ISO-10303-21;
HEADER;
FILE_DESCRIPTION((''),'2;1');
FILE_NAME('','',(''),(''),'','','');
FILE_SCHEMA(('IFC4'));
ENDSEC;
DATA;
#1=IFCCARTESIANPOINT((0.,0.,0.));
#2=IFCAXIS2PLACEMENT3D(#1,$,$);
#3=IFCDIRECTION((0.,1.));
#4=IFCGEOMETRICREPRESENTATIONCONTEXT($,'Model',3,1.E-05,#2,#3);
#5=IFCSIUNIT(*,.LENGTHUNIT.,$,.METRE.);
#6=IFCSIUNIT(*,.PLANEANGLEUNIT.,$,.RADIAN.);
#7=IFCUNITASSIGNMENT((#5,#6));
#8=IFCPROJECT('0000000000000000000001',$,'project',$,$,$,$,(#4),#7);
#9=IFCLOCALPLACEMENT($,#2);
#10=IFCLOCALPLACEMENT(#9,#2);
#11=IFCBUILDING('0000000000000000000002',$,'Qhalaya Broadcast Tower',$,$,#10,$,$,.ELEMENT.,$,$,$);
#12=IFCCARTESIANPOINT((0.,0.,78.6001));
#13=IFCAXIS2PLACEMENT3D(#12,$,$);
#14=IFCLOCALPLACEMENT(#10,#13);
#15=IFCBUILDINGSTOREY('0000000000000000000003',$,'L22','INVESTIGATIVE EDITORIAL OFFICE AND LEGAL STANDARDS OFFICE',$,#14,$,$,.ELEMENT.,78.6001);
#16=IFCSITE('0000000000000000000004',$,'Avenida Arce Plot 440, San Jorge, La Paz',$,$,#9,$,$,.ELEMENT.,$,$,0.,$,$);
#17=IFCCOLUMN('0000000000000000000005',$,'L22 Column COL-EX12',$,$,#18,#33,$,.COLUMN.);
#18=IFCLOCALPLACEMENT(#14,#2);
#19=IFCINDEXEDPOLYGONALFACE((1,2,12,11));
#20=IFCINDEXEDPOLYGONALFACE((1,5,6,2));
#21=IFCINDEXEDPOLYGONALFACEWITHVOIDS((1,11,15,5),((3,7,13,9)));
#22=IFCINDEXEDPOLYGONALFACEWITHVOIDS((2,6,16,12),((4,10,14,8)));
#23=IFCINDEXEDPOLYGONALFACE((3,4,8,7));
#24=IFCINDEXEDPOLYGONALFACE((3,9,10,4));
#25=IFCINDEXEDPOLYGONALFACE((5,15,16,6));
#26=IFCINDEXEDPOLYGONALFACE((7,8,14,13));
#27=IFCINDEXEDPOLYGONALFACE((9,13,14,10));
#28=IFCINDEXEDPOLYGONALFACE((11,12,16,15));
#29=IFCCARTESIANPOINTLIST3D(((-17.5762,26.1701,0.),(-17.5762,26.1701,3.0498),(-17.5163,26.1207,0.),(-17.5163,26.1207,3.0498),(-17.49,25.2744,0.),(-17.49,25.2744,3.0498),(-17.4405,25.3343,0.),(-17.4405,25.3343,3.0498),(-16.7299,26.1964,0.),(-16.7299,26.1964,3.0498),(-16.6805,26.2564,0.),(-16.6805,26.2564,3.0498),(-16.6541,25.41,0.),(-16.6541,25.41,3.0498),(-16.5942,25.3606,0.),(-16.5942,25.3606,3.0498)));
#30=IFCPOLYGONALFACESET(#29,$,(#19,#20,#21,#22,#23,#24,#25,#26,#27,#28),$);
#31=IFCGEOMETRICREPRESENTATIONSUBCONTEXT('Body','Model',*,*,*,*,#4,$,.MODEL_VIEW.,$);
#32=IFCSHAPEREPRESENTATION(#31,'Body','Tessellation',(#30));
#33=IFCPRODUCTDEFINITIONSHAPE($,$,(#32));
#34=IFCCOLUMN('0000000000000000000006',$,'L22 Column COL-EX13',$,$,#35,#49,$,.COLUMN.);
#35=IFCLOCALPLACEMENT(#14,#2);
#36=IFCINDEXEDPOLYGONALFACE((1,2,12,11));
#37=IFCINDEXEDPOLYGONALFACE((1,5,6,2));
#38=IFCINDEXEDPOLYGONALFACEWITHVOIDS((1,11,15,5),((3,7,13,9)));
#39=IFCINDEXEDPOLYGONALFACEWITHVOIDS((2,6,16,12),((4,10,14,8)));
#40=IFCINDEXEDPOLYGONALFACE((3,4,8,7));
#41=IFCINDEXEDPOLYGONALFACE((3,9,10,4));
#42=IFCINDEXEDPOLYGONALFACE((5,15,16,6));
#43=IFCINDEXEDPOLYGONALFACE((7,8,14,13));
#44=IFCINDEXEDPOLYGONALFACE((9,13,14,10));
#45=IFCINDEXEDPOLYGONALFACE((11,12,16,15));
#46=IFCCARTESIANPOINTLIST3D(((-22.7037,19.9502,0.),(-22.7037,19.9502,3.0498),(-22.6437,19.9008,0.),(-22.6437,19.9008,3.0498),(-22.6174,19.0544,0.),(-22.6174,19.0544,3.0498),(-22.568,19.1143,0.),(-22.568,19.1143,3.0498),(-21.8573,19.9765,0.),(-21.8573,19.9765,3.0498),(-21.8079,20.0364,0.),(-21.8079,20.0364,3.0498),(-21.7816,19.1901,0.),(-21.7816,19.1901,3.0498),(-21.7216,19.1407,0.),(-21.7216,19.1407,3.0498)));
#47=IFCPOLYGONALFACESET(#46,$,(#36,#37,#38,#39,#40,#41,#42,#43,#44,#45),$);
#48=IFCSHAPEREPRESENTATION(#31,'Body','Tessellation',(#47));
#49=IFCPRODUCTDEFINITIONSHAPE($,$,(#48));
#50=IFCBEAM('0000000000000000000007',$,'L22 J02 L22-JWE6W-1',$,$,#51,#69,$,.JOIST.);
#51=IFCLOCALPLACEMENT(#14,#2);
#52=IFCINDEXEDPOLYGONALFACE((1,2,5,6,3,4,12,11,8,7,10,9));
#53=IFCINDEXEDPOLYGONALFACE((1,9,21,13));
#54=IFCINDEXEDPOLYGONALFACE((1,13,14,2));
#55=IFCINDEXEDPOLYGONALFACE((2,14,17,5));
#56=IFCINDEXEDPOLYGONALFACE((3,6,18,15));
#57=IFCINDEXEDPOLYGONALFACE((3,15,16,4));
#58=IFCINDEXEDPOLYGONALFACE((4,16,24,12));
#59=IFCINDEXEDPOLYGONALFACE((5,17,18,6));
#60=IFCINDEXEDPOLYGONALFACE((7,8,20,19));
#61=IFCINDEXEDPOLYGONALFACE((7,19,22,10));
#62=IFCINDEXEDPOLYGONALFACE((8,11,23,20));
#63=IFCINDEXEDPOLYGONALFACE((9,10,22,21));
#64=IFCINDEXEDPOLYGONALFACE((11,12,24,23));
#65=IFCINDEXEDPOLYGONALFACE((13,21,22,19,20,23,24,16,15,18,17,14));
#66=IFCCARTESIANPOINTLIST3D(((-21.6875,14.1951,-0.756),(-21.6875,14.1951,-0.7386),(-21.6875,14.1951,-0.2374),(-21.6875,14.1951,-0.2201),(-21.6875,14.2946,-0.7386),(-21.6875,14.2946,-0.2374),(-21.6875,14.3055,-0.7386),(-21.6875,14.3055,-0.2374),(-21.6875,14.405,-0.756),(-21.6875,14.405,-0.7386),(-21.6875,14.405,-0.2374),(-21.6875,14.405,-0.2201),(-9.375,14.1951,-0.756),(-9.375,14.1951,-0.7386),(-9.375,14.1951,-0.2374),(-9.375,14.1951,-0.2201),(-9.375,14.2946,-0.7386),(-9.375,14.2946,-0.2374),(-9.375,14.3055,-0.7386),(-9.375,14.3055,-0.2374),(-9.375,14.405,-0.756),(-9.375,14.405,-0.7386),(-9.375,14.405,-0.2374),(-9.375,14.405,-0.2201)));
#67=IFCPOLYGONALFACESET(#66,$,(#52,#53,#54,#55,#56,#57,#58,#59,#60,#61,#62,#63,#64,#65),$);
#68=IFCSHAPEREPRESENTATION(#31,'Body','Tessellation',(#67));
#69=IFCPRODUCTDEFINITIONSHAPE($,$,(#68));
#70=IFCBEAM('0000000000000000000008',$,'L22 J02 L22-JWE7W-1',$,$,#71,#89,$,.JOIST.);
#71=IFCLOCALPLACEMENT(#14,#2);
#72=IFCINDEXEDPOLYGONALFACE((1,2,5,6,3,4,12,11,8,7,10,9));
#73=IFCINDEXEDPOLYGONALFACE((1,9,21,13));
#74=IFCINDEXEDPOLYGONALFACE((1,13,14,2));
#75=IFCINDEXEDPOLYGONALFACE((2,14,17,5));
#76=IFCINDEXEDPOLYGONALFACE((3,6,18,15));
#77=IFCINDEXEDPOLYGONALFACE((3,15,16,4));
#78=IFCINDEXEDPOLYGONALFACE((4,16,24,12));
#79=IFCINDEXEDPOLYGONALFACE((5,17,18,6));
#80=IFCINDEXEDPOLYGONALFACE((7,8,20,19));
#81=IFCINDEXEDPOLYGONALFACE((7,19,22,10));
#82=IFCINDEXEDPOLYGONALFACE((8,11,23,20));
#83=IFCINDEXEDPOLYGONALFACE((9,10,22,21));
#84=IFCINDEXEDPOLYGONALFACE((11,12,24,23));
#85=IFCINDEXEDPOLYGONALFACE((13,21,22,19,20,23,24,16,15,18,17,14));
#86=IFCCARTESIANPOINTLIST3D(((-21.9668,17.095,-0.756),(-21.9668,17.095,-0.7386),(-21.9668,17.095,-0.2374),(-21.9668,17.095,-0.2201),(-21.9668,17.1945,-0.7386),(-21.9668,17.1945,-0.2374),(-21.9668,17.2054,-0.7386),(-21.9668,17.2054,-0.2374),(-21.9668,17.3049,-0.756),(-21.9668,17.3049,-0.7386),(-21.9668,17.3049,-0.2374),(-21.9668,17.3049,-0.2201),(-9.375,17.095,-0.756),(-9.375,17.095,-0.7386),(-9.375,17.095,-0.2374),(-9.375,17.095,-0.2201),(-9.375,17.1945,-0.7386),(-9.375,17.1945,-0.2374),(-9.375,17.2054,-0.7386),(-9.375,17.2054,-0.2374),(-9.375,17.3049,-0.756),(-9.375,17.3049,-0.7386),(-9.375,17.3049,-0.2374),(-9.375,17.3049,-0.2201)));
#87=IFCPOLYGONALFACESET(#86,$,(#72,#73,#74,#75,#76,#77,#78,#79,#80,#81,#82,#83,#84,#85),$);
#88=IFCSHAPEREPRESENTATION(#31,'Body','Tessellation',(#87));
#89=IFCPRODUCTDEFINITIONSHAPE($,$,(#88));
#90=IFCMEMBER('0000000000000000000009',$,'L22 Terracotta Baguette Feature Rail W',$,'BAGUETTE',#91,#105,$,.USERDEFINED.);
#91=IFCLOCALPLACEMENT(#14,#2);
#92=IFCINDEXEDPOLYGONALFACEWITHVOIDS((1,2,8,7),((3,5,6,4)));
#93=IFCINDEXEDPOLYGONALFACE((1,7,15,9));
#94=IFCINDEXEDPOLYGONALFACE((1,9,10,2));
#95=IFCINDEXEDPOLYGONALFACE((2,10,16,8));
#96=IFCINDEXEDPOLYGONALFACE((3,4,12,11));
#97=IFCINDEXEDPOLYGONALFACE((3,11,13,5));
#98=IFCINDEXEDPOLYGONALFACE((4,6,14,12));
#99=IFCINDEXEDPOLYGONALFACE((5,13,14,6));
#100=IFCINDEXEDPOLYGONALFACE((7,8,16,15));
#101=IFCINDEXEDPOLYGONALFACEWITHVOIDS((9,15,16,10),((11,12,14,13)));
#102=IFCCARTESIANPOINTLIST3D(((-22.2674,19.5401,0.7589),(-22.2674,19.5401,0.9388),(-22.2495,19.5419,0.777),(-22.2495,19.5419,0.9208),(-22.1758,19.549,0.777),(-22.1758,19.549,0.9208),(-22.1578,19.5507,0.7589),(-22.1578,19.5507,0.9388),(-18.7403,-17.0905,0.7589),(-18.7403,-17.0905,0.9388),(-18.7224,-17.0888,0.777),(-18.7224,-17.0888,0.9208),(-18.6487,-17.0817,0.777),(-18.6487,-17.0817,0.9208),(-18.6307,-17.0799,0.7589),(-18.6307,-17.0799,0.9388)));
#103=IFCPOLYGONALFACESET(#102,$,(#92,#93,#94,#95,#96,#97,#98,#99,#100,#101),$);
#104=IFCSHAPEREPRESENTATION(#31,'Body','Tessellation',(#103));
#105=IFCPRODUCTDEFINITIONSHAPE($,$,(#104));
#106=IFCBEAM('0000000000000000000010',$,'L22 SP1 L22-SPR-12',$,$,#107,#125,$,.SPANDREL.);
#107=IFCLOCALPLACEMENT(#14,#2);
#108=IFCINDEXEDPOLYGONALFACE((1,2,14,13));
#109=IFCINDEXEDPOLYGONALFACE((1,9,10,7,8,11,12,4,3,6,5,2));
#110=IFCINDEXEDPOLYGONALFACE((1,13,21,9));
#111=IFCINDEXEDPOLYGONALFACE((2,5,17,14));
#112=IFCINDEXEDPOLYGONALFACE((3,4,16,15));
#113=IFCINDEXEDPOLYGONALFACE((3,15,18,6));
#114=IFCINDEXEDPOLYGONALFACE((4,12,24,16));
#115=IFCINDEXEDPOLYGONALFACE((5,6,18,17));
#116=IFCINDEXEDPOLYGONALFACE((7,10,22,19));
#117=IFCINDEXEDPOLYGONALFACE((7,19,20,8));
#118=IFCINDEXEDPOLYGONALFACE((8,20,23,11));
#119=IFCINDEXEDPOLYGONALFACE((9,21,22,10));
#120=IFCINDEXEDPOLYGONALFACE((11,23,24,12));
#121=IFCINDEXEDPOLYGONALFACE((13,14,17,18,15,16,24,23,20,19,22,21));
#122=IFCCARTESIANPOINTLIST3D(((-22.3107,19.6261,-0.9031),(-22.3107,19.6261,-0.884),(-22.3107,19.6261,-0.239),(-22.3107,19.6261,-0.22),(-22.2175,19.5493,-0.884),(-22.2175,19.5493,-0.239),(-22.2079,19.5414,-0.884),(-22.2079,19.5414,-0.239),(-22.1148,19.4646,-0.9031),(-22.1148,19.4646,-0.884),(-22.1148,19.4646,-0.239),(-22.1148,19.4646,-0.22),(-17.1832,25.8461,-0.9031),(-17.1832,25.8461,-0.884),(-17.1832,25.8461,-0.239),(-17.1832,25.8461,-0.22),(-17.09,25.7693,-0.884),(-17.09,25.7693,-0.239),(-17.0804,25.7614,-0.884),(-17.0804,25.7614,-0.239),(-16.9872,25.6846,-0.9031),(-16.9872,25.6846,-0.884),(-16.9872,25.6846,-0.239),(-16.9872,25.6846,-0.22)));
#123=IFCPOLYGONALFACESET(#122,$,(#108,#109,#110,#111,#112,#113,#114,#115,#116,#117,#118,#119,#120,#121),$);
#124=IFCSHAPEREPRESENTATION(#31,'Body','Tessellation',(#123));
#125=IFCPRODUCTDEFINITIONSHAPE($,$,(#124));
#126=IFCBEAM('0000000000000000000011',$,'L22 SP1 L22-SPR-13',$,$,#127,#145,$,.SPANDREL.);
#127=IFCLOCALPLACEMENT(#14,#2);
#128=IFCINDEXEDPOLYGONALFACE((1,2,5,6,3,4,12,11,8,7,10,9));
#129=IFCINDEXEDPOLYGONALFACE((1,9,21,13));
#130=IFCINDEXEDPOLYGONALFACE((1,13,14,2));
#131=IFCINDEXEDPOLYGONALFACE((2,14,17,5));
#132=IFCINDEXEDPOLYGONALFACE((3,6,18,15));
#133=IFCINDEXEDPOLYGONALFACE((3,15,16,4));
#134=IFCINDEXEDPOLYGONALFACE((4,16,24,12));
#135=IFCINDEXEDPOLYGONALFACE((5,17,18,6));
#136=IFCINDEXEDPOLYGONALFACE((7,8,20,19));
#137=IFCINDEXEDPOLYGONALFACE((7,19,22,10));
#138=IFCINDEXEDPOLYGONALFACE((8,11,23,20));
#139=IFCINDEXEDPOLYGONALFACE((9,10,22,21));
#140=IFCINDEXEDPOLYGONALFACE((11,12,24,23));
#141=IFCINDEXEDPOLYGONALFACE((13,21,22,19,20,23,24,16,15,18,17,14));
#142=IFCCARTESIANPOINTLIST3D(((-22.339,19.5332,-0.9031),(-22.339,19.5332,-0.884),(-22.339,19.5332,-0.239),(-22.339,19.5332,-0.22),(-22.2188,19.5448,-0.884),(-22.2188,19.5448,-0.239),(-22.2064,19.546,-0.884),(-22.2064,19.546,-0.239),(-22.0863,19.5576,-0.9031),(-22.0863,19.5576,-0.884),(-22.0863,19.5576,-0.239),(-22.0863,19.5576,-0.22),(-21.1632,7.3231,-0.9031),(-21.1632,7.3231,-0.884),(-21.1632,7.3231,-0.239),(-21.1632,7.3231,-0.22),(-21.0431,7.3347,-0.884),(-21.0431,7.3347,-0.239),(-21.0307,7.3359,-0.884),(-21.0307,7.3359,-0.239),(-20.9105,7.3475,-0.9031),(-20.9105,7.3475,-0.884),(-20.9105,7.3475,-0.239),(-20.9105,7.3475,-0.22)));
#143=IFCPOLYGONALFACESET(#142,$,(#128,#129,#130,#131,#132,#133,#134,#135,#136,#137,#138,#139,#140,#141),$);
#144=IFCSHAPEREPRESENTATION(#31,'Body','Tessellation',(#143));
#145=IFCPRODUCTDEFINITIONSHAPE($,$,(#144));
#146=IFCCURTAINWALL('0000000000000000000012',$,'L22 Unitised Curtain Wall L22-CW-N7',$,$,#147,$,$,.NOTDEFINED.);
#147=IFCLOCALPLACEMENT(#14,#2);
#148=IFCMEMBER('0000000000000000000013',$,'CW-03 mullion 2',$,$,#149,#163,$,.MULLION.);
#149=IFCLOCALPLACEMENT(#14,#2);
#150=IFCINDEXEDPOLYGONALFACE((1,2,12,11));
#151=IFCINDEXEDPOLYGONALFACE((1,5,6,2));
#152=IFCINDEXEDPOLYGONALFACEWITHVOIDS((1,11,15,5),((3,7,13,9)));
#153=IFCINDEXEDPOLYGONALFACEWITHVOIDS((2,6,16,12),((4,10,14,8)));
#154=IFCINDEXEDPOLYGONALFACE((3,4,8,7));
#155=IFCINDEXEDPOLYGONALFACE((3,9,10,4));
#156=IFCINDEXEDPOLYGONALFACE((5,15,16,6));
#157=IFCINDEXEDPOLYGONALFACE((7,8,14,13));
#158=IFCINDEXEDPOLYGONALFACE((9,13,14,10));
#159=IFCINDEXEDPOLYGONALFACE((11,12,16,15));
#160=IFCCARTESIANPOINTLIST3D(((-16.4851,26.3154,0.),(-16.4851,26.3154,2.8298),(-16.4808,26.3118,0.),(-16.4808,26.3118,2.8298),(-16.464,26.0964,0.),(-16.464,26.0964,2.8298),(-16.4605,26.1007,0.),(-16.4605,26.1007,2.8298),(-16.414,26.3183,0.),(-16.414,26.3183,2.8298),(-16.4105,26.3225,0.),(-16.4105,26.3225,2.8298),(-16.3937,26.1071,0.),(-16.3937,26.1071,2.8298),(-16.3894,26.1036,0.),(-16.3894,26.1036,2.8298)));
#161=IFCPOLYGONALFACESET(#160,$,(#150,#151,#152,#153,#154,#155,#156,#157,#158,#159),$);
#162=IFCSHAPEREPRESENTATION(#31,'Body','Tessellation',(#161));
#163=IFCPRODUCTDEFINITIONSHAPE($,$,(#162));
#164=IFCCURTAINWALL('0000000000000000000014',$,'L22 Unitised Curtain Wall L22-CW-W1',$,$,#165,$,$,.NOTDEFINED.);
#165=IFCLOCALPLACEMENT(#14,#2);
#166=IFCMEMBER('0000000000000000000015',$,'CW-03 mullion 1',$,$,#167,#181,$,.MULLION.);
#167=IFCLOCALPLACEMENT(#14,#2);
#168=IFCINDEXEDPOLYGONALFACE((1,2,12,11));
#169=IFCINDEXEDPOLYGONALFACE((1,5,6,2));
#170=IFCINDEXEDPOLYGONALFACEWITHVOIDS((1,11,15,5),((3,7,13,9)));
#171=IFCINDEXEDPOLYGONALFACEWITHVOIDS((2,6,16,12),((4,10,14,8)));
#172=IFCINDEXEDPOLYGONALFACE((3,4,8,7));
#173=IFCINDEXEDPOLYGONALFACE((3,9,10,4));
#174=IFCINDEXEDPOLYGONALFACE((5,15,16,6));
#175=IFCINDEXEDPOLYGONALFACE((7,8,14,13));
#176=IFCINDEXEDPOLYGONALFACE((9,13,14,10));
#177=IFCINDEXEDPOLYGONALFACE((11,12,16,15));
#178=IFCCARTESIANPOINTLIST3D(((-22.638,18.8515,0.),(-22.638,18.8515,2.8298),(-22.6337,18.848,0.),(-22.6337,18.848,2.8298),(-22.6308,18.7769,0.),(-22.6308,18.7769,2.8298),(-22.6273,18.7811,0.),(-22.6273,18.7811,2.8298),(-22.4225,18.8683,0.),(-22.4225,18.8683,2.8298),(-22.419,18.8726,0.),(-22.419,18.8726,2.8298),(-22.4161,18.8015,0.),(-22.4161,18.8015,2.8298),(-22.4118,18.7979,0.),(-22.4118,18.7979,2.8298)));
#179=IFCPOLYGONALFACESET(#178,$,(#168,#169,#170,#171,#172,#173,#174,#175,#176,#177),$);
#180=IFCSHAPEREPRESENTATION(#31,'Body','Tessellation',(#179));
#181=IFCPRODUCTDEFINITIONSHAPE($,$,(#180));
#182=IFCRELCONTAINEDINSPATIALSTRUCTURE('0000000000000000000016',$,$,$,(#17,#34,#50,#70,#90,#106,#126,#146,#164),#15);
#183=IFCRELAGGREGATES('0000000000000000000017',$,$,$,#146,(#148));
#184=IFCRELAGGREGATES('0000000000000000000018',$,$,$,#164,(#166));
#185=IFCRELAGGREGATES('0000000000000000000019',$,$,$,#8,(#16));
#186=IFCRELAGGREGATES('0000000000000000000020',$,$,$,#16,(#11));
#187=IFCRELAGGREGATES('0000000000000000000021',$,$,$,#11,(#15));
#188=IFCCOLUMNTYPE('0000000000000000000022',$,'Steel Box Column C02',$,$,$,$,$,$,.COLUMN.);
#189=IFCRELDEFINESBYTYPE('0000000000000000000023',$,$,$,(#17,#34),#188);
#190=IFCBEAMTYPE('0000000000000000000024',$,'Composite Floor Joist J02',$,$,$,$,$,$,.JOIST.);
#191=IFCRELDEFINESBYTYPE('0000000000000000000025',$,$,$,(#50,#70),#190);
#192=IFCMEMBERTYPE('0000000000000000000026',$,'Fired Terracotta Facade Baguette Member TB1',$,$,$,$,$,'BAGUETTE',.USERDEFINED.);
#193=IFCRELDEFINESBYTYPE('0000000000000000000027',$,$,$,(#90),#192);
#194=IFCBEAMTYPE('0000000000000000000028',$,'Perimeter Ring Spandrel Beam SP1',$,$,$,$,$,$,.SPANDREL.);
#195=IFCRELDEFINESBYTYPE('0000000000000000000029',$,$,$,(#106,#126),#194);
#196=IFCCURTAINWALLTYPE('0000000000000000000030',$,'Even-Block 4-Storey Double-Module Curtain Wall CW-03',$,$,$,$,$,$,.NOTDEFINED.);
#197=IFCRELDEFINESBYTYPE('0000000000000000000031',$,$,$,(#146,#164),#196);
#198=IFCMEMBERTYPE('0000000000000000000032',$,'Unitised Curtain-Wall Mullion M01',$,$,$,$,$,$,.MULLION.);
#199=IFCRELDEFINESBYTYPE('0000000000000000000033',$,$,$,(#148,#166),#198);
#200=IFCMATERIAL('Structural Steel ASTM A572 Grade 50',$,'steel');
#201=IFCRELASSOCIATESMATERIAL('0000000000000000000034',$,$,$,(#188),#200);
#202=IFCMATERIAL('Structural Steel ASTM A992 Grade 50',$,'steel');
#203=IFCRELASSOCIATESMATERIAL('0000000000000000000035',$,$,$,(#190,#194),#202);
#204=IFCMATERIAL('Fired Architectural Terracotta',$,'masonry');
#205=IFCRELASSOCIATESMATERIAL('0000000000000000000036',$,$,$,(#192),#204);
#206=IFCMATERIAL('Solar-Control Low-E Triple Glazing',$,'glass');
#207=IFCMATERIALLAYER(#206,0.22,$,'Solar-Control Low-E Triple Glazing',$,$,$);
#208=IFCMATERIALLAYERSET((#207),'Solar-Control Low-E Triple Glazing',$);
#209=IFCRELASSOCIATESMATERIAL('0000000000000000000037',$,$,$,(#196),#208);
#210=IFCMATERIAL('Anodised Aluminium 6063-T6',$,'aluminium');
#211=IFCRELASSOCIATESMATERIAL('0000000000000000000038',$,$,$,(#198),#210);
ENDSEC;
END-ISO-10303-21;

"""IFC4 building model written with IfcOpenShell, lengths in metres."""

from ifc_helpers import new_model, si_unit, direction, frame, origin, origin_2d, place, context, subcontext, project, spatial, hollow_rectangle, i_section, extrude, material, layer, layer_set, material_profile, profile_set, type_object, element, aggregate, save


model = new_model("IFC4")

# Units and contexts
model_context = context("Model", 3, precision=1e-05, world=origin(), true_north=direction((0.0, 1.0)))
body_context = subcontext(model_context, "Body", "Model", "MODEL_VIEW")
ifc_project = project(units=[si_unit("LENGTHUNIT", "METRE"), si_unit("PLANEANGLEUNIT", "RADIAN")], contexts=[model_context])

# Site, building, storey
site_placement = place(None, origin())
site = spatial("IfcSite", under=ifc_project, at=site_placement, Name="Avenida Arce Plot 440, San Jorge, La Paz", CompositionType="ELEMENT", RefElevation=0.0)
building_placement = place(site_placement, origin())
building = spatial("IfcBuilding", under=site, at=building_placement, Name="Qhalaya Broadcast Tower", CompositionType="ELEMENT")
storey_placement = place(building_placement, frame((0.0, 0.0, 78.6001)))
storey = spatial("IfcBuildingStorey", under=building, at=storey_placement, Name="L22", Description="INVESTIGATIVE EDITORIAL OFFICE AND LEGAL STANDARDS OFFICE", CompositionType="ELEMENT", Elevation=78.6001)

# Columns
ifc_material_1 = material(Name="Structural Steel ASTM A572 Grade 50", Category="steel")
ifc_material_profile_1 = material_profile(ifc_material_1, hollow_rectangle(XDim=0.8999, YDim=0.8999, WallThickness=0.0549, at=origin_2d()), Name="BOX 900x900x55")
ifc_profile_set_1 = profile_set([ifc_material_profile_1], Name="Structural Steel ASTM A572 Grade 50")
column_type = type_object("IfcColumnType", Name="Steel Box Column C02", PredefinedType="COLUMN", material=ifc_profile_set_1)
for number, where, z_axis, x_axis, name in (
    (1, (-17.0852, 25.7654, 0.0), (0.0, 0.0, 1.0), (0.995396, 0.095846, 0.0), "L22 Column COL-EX12"),
    (2, (-22.2126, 19.5454, 0.0), (0.0, 0.0, 1.0), (-0.095846, 0.995396, 0.0), "L22 Column COL-EX13"),
):
    element("IfcColumn", number, at=place(storey_placement, frame(where, z_axis=z_axis, x_axis=x_axis)), inside=storey, type_object=column_type, Name=name, PredefinedType="COLUMN", context=body_context, shape_type="SweptSolid", body=[
        extrude(hollow_rectangle(XDim=0.8999, YDim=0.8999, WallThickness=0.0549, at=origin_2d()), origin(), (0.0, 0.0, 1.0), 3.0498),
    ])

# Beams
ifc_material_2 = material(Name="Structural Steel ASTM A992 Grade 50", Category="steel")
ifc_material_profile_2 = material_profile(ifc_material_2, i_section(OverallWidth=0.21, OverallDepth=0.5359, WebThickness=0.011, FlangeThickness=0.0173, at=origin_2d()), Name="W21X68")
ifc_profile_set_2 = profile_set([ifc_material_profile_2], Name="Structural Steel ASTM A992 Grade 50")
beam_type_1 = type_object("IfcBeamType", Name="Composite Floor Joist J02", PredefinedType="JOIST", material=ifc_profile_set_2)
beam_1_placement = place(storey_placement, frame((-21.6875, 14.3, -0.488), z_axis=(1.0, 0.0, 0.0), x_axis=(0.0, 1.0, 0.0)))
element("IfcBeam", 3, at=beam_1_placement, inside=storey, type_object=beam_type_1, Name="L22 J02 L22-JWE6W-1", PredefinedType="JOIST", context=body_context, shape_type="SweptSolid", body=[
    extrude(i_section(OverallWidth=0.21, OverallDepth=0.5359, WebThickness=0.011, FlangeThickness=0.0173, at=origin_2d()), origin(), (0.0, 0.0, 1.0), 12.3125),
])
beam_2_placement = place(storey_placement, frame((-21.9668, 17.2, -0.488), z_axis=(1.0, 0.0, 0.0), x_axis=(0.0, 1.0, 0.0)))
element("IfcBeam", 4, at=beam_2_placement, inside=storey, type_object=beam_type_1, Name="L22 J02 L22-JWE7W-1", PredefinedType="JOIST", context=body_context, shape_type="SweptSolid", body=[
    extrude(i_section(OverallWidth=0.21, OverallDepth=0.5359, WebThickness=0.011, FlangeThickness=0.0173, at=origin_2d()), origin(), (0.0, 0.0, 1.0), 12.5918),
])

# Member
ifc_material_3 = material(Name="Fired Architectural Terracotta", Category="masonry")
ifc_material_profile_3 = material_profile(ifc_material_3, hollow_rectangle(XDim=0.1101, YDim=0.1799, WallThickness=0.0181, at=origin_2d()), Name="TB-BAG 110x180x18")
ifc_profile_set_3 = profile_set([ifc_material_profile_3], Name="Fired Architectural Terracotta")
member_type_1 = type_object("IfcMemberType", Name="Fired Terracotta Facade Baguette Member TB1", ElementType="BAGUETTE", PredefinedType="USERDEFINED", material=ifc_profile_set_3)
member_1_placement = place(storey_placement, frame((-22.2126, 19.5454, 0.8489), z_axis=(0.095845, -0.995396, 0.0), x_axis=(0.995396, 0.095845, 0.0)))
element("IfcMember", 5, at=member_1_placement, inside=storey, type_object=member_type_1, Name="L22 Terracotta Baguette Feature Rail W", ObjectType="BAGUETTE", PredefinedType="USERDEFINED", context=body_context, shape_type="SweptSolid", body=[
    extrude(hollow_rectangle(XDim=0.1101, YDim=0.1799, WallThickness=0.0181, at=origin_2d()), origin(), (0.0, 0.0, 1.0), 36.8),
])

# Beams
ifc_material_profile_4 = material_profile(ifc_material_2, i_section(OverallWidth=0.2539, OverallDepth=0.6831, WebThickness=0.0125, FlangeThickness=0.019, at=origin_2d()), Name="W27X94")
ifc_profile_set_4 = profile_set([ifc_material_profile_4], Name="Structural Steel ASTM A992 Grade 50")
beam_type_2 = type_object("IfcBeamType", Name="Perimeter Ring Spandrel Beam SP1", PredefinedType="SPANDREL", material=ifc_profile_set_4)
beam_3_placement = place(storey_placement, frame((-17.0852, 25.7654, -0.5615), z_axis=(-0.636085, -0.771619, 0.0), x_axis=(0.771619, -0.636085, 0.0)))
element("IfcBeam", 6, at=beam_3_placement, inside=storey, type_object=beam_type_2, Name="L22 SP1 L22-SPR-12", PredefinedType="SPANDREL", context=body_context, shape_type="SweptSolid", body=[
    extrude(i_section(OverallWidth=0.2539, OverallDepth=0.6831, WebThickness=0.0125, FlangeThickness=0.019, at=origin_2d()), origin(), (0.0, 0.0, 1.0), 8.061),
])
beam_4_placement = place(storey_placement, frame((-22.2126, 19.5454, -0.5615), z_axis=(0.095852, -0.995396, 0.0), x_axis=(0.995396, 0.095852, 0.0)))
element("IfcBeam", 7, at=beam_4_placement, inside=storey, type_object=beam_type_2, Name="L22 SP1 L22-SPR-13", PredefinedType="SPANDREL", context=body_context, shape_type="SweptSolid", body=[
    extrude(i_section(OverallWidth=0.2539, OverallDepth=0.6831, WebThickness=0.0125, FlangeThickness=0.019, at=origin_2d()), origin(), (0.0, 0.0, 1.0), 12.2666),
])

# Curtain wall, member
ifc_material_4 = material(Name="Solar-Control Low-E Triple Glazing", Category="glass")
ifc_layer_1 = layer(ifc_material_4, 0.22, Name="Solar-Control Low-E Triple Glazing")
ifc_layer_set_1 = layer_set([ifc_layer_1], Name="Solar-Control Low-E Triple Glazing")
curtain_wall_type_1 = type_object("IfcCurtainWallType", Name="Even-Block 4-Storey Double-Module Curtain Wall CW-03", PredefinedType="NOTDEFINED", material=ifc_layer_set_1)
curtain_wall_1_placement = place(storey_placement, origin())
curtain_wall_1 = element("IfcCurtainWall", 8, at=curtain_wall_1_placement, inside=storey, type_object=curtain_wall_type_1, Name="L22 Unitised Curtain Wall L22-CW-N7", PredefinedType="NOTDEFINED")
ifc_material_5 = material(Name="Anodised Aluminium 6063-T6", Category="aluminium")
ifc_material_profile_5 = material_profile(ifc_material_5, hollow_rectangle(XDim=0.075, YDim=0.22, WallThickness=0.0039, at=origin_2d()), Name="ALU-MUL 75x220x4")
ifc_profile_set_5 = profile_set([ifc_material_profile_5], Name="Anodised Aluminium 6063-T6")
member_type_2 = type_object("IfcMemberType", Name="Unitised Curtain-Wall Mullion M01", PredefinedType="MULLION", material=ifc_profile_set_5)
member_2_placement = place(storey_placement, frame((-16.4373, 26.2095, 0.0), z_axis=(0.0, 0.0, 1.0), x_axis=(-0.995398, -0.095829, 0.0)))
member_2 = element("IfcMember", 9, at=member_2_placement, type_object=member_type_2, Name="CW-03 mullion 2", PredefinedType="MULLION", context=body_context, shape_type="SweptSolid", body=[
    extrude(hollow_rectangle(XDim=0.075, YDim=0.22, WallThickness=0.0039, at=origin_2d()), origin(), (0.0, 0.0, 1.0), 2.8298),
])

# Curtain wall, member
curtain_wall_2_placement = place(storey_placement, origin())
curtain_wall_2 = element("IfcCurtainWall", 10, at=curtain_wall_2_placement, inside=storey, type_object=curtain_wall_type_1, Name="L22 Unitised Curtain Wall L22-CW-W1", PredefinedType="NOTDEFINED")
member_3_placement = place(storey_placement, frame((-22.5249, 18.8247, 0.0), z_axis=(0.0, 0.0, 1.0), x_axis=(0.095858, -0.995395, 0.0)))
member_3 = element("IfcMember", 11, at=member_3_placement, type_object=member_type_2, Name="CW-03 mullion 1", PredefinedType="MULLION", context=body_context, shape_type="SweptSolid", body=[
    extrude(hollow_rectangle(XDim=0.075, YDim=0.22, WallThickness=0.0039, at=origin_2d()), origin(), (0.0, 0.0, 1.0), 2.8298),
])

aggregate(curtain_wall_1, [member_2])
aggregate(curtain_wall_2, [member_3])

save(model, "model.ifc")
